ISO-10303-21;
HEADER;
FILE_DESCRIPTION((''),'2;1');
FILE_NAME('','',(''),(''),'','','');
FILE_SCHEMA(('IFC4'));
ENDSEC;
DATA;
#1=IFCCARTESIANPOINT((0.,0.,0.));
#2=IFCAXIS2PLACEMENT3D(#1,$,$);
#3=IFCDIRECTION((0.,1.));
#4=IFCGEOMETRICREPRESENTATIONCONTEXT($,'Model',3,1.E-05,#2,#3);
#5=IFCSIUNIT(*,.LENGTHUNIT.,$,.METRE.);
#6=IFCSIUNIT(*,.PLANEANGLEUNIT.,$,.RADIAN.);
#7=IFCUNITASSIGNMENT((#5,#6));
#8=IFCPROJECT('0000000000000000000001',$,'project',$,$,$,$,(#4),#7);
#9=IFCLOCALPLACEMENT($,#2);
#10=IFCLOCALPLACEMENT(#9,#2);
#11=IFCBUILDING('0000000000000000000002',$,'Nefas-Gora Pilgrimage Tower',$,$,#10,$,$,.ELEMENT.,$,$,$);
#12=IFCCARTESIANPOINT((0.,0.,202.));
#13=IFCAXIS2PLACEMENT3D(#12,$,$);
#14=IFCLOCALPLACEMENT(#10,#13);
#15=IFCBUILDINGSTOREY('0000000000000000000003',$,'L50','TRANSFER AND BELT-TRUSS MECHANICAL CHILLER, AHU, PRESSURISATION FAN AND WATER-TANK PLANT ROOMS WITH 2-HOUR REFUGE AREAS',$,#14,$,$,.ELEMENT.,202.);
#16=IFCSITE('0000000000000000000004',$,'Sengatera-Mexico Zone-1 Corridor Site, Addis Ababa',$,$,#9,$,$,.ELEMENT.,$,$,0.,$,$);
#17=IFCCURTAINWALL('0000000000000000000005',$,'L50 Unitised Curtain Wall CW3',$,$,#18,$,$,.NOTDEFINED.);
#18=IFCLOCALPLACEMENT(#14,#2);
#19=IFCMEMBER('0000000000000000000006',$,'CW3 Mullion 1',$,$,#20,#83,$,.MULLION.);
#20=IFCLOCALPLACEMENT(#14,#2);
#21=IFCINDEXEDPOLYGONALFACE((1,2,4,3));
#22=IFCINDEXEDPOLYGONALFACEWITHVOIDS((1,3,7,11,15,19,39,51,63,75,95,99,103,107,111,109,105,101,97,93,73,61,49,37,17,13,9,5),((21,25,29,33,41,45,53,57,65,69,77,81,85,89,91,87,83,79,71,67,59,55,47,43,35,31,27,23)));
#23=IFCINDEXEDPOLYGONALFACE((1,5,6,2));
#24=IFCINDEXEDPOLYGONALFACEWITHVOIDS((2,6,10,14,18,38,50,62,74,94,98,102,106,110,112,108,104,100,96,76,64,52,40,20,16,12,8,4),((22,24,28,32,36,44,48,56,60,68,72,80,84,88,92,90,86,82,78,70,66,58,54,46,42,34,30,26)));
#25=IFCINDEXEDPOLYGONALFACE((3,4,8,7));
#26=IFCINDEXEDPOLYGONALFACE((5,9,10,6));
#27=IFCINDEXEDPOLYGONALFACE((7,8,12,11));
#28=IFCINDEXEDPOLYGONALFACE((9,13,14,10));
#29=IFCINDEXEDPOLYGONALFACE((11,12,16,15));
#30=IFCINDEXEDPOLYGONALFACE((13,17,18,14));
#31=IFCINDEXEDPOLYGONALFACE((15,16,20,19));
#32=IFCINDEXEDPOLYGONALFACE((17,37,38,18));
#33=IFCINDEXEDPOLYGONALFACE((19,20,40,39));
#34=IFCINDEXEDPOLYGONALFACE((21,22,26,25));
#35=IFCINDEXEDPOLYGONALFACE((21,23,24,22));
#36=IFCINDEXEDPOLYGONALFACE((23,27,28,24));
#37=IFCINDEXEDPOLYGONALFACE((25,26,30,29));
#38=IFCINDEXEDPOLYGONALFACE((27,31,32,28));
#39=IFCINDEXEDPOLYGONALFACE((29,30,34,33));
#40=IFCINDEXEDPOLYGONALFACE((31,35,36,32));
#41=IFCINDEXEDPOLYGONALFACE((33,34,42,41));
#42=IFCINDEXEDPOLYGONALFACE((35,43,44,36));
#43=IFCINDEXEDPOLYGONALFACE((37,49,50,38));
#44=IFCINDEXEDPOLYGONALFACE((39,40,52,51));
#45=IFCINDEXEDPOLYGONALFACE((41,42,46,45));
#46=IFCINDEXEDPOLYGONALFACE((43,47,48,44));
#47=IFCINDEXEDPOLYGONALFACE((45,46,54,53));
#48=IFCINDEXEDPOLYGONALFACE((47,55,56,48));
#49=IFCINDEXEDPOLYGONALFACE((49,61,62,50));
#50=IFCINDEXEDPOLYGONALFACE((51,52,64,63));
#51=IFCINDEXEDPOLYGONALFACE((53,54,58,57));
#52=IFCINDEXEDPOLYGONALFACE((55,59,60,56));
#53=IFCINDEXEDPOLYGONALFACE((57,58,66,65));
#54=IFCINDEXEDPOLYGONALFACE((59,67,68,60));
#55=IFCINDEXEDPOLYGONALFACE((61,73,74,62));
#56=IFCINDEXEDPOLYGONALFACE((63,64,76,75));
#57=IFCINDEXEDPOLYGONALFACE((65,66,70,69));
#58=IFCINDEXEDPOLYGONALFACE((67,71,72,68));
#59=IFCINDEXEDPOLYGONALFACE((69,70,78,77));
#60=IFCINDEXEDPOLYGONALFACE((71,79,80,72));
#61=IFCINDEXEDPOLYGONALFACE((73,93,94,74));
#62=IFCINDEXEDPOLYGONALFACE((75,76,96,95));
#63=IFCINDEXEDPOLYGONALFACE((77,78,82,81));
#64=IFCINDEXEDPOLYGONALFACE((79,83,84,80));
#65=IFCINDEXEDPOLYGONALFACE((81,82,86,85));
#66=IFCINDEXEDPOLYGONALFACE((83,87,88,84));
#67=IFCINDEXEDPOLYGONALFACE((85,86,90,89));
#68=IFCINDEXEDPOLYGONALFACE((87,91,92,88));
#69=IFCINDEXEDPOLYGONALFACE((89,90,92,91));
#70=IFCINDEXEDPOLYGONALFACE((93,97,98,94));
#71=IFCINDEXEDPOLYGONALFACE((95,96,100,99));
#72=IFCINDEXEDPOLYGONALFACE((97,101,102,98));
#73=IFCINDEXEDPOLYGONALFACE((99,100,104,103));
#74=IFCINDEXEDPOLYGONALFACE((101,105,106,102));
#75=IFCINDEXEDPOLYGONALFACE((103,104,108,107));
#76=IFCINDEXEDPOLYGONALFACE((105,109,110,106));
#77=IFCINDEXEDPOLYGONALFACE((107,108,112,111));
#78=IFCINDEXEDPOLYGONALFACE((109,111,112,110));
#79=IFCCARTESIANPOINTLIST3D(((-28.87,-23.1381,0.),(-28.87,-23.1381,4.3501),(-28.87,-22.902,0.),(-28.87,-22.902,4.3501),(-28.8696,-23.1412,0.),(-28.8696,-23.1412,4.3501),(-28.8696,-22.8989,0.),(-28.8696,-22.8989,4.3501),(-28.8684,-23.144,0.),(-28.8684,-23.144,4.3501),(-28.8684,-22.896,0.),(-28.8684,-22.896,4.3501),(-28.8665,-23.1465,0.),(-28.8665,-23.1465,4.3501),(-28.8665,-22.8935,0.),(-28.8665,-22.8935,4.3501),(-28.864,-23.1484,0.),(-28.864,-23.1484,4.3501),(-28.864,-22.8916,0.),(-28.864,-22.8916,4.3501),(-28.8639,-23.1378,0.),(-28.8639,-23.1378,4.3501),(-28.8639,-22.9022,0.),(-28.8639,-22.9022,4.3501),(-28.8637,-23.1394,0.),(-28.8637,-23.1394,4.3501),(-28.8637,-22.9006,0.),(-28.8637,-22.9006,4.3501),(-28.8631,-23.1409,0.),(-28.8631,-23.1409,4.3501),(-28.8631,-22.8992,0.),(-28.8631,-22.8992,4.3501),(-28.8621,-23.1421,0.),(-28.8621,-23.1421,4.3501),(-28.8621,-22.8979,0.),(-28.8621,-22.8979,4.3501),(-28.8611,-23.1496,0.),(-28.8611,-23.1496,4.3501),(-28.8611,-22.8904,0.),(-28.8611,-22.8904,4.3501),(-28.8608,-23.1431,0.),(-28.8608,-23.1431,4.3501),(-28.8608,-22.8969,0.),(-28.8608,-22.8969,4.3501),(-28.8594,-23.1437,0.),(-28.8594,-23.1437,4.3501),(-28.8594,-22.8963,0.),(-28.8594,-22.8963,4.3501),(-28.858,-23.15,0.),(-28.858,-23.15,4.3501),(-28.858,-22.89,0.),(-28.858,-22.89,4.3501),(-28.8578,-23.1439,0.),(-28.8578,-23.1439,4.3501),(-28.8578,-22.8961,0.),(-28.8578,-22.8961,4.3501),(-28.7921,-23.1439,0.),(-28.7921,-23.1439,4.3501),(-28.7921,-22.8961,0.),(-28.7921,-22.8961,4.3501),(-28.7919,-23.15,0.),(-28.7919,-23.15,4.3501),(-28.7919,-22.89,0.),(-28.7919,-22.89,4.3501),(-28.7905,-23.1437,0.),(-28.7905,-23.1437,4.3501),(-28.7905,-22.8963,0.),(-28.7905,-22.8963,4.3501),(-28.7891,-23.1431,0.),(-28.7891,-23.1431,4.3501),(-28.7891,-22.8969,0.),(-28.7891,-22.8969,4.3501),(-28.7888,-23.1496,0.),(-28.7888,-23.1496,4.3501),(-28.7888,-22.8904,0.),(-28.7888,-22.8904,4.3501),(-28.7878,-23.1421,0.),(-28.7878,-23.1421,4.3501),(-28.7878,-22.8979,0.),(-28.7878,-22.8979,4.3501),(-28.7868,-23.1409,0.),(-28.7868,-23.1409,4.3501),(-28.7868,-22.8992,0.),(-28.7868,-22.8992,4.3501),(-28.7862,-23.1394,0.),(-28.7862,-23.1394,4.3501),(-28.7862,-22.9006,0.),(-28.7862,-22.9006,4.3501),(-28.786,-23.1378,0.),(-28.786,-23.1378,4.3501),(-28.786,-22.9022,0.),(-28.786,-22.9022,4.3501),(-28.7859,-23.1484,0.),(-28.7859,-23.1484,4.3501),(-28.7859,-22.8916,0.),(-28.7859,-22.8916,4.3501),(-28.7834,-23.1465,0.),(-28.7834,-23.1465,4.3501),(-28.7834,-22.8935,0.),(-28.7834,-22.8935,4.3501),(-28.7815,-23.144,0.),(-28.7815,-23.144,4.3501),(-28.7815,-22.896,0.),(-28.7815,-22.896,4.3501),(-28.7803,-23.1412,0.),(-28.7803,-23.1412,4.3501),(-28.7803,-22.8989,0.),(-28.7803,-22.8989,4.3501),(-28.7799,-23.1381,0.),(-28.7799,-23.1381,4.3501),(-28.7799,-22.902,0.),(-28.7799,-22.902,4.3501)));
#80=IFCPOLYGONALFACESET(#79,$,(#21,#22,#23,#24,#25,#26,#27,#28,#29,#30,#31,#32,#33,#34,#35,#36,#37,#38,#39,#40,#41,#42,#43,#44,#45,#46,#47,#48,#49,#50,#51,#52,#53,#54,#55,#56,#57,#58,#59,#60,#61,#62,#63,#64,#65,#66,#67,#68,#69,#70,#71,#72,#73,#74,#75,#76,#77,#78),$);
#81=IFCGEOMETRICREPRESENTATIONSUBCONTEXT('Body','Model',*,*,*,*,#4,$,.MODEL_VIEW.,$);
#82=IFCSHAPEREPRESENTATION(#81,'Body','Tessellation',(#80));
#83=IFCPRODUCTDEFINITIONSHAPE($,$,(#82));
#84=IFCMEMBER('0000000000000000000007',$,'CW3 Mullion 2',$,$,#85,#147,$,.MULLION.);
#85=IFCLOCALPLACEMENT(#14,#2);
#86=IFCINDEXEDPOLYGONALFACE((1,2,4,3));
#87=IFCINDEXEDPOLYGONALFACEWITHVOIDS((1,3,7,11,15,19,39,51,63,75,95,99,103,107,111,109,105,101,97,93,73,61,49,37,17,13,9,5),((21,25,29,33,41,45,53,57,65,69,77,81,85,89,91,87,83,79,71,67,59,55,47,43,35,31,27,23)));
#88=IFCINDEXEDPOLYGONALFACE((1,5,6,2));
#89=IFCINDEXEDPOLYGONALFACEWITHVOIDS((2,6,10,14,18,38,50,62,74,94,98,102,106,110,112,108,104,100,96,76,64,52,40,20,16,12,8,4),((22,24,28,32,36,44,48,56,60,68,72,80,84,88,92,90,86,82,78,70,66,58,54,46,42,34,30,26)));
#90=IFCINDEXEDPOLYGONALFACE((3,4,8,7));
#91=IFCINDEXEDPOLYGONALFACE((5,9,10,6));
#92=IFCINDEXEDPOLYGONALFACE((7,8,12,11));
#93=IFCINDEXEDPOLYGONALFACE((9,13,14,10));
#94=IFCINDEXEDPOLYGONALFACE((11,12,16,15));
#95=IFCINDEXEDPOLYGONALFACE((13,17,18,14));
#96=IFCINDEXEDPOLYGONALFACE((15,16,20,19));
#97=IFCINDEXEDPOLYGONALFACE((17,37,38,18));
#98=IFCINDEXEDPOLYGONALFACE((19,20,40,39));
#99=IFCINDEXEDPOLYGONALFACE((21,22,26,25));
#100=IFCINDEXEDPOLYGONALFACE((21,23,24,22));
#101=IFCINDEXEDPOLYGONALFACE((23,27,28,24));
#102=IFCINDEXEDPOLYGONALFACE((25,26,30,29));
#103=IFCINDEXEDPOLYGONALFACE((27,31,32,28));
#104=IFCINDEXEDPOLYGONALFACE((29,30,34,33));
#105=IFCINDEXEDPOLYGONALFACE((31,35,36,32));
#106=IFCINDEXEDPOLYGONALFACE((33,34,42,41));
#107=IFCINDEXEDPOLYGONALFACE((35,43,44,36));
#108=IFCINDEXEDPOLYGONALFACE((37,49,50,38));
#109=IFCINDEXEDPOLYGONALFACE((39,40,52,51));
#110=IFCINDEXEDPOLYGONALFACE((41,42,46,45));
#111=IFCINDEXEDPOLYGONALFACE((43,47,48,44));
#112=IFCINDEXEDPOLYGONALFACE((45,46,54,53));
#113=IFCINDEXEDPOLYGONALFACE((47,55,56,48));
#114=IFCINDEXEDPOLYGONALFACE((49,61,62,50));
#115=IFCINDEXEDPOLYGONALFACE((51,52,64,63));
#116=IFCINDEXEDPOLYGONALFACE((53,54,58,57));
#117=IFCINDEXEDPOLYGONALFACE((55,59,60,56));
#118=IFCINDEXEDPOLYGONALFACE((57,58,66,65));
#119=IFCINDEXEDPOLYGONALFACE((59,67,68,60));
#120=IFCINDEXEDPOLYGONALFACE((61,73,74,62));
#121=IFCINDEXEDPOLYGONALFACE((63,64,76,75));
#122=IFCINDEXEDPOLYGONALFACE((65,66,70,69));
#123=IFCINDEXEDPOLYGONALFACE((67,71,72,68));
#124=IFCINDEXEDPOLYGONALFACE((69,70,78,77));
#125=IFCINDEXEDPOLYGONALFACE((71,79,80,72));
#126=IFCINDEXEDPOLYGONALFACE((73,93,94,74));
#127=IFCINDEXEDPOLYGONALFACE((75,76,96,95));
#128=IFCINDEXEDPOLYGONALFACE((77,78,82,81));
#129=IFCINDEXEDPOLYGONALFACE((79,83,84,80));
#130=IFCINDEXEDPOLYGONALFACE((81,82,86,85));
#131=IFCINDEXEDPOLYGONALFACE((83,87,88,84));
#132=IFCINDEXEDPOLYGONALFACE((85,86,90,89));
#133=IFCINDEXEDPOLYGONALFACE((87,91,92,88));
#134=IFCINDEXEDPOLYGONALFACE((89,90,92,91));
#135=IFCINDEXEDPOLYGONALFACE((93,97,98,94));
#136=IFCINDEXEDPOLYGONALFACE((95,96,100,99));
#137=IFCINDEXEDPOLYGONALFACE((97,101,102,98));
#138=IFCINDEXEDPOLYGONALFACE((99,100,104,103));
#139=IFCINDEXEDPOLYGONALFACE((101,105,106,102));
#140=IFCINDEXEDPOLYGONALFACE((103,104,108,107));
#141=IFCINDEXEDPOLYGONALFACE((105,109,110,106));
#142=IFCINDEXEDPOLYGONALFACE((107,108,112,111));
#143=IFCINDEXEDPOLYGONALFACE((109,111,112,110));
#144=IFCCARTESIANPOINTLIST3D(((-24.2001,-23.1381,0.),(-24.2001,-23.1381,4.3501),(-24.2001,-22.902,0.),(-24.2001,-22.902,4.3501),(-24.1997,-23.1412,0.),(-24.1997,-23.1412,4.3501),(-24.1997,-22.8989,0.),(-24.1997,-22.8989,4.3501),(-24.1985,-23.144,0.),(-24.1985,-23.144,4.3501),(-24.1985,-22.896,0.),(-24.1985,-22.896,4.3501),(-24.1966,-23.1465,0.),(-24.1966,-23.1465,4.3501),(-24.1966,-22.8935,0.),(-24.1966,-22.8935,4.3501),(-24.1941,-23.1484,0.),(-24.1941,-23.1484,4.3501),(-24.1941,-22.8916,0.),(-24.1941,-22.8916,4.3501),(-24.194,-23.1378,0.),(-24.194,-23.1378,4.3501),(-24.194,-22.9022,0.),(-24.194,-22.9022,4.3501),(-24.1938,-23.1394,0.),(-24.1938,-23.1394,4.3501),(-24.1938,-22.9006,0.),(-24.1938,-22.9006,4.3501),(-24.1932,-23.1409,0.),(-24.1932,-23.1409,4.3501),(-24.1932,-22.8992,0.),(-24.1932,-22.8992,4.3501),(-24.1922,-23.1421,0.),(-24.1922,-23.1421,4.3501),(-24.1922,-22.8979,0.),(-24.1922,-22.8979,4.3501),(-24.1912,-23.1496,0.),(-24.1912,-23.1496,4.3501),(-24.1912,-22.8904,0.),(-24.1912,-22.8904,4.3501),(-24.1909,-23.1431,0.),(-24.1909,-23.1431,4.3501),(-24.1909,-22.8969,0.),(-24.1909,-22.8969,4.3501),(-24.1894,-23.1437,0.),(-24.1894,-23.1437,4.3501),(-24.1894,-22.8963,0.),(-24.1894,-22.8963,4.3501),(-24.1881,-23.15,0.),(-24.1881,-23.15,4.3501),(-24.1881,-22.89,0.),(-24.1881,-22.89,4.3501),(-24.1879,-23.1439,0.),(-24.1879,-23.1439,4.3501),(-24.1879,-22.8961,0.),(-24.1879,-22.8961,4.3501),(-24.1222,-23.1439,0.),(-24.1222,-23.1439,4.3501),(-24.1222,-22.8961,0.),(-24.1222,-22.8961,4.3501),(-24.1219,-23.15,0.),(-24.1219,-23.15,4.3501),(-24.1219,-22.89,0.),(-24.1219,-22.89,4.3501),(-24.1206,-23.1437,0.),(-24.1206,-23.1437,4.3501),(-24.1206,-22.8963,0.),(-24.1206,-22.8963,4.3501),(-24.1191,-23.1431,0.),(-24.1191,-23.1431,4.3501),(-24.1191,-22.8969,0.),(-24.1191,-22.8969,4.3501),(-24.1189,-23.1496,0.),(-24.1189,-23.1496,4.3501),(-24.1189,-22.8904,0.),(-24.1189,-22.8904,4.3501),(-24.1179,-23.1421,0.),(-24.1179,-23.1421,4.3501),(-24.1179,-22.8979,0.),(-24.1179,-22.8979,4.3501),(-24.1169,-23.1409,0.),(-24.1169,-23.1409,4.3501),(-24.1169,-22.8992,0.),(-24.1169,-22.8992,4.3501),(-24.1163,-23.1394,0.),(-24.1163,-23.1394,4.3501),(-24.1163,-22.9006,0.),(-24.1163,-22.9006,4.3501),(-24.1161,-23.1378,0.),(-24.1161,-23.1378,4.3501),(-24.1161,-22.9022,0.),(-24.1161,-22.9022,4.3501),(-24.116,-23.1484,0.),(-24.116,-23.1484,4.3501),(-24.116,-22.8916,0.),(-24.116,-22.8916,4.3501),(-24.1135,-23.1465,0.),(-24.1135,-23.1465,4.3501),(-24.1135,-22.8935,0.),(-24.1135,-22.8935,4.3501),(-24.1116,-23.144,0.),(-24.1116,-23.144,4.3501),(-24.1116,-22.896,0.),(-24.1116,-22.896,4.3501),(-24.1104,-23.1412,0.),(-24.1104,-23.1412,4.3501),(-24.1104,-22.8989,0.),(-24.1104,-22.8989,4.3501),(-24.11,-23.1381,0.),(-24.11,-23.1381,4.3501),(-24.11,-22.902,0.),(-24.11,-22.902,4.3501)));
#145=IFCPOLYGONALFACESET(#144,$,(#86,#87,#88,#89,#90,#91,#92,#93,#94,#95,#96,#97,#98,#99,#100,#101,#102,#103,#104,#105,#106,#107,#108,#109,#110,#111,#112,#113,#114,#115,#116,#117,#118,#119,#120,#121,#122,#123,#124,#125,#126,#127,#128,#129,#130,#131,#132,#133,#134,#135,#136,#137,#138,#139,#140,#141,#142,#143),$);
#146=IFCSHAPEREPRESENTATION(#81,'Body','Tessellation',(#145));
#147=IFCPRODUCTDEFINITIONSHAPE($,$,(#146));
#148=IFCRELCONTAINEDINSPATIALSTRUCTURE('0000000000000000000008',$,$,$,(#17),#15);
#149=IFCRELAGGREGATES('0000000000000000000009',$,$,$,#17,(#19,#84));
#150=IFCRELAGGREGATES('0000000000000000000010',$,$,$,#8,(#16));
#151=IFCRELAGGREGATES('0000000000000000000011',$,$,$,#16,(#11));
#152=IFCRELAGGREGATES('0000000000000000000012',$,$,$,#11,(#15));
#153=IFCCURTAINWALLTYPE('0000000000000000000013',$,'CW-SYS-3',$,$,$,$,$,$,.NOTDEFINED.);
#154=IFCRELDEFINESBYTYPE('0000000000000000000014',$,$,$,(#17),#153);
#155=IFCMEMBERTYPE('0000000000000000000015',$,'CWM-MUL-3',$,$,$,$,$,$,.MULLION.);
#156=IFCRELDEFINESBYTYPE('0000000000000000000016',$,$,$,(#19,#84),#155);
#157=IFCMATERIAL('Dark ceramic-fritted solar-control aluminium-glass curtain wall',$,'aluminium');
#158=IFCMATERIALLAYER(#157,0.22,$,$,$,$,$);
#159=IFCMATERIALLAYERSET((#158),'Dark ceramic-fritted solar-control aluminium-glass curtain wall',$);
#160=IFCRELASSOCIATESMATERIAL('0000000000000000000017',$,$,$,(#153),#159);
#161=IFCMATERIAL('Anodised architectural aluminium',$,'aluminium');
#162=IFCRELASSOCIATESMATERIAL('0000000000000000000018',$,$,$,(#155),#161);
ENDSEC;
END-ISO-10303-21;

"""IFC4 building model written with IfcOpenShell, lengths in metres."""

from ifc_helpers import new_model, si_unit, direction, frame, origin, origin_2d, place, context, subcontext, project, spatial, hollow_rectangle, extrude, source, transform, mapped, material, layer, layer_set, material_profile, profile_set, type_object, element, aggregate, save


model = new_model("IFC4")

# Units and contexts
model_context = context("Model", 3, precision=1e-05, world=origin(), true_north=direction((0.0, 1.0)))
body_context = subcontext(model_context, "Body", "Model", "MODEL_VIEW")
ifc_project = project(units=[si_unit("LENGTHUNIT", "METRE"), si_unit("PLANEANGLEUNIT", "RADIAN")], contexts=[model_context])

# Site, building, storey
site_placement = place(None, origin())
site = spatial("IfcSite", under=ifc_project, at=site_placement, Name="Sengatera-Mexico Zone-1 Corridor Site, Addis Ababa", CompositionType="ELEMENT", RefElevation=0.0)
building_placement = place(site_placement, origin())
building = spatial("IfcBuilding", under=site, at=building_placement, Name="Nefas-Gora Pilgrimage Tower", CompositionType="ELEMENT")
storey_placement = place(building_placement, frame((0.0, 0.0, 202.0)))
storey = spatial("IfcBuildingStorey", under=building, at=storey_placement, Name="L50", Description="TRANSFER AND BELT-TRUSS MECHANICAL CHILLER, AHU, PRESSURISATION FAN AND WATER-TANK PLANT ROOMS WITH 2-HOUR REFUGE AREAS", CompositionType="ELEMENT", Elevation=202.0)

# Curtain wall, members
ifc_material_1 = material(Name="Dark ceramic-fritted solar-control aluminium-glass curtain wall", Category="aluminium")
ifc_layer_1 = layer(ifc_material_1, 0.22)
ifc_layer_set_1 = layer_set([ifc_layer_1], Name="Dark ceramic-fritted solar-control aluminium-glass curtain wall")
curtain_wall_type = type_object("IfcCurtainWallType", Name="CW-SYS-3", PredefinedType="NOTDEFINED", material=ifc_layer_set_1)
ifc_material_2 = material(Name="Anodised architectural aluminium", Category="aluminium")
ifc_material_profile_1 = material_profile(ifc_material_2, hollow_rectangle(XDim=0.0901, YDim=0.26, WallThickness=0.0061, InnerFilletRadius=0.0061, OuterFilletRadius=0.012, at=origin_2d()), Name="ALU MULLION 90x260")
ifc_profile_set_1 = profile_set([ifc_material_profile_1], Name="Anodised architectural aluminium")
member_type_1 = type_object("IfcMemberType", Name="CWM-MUL-3", PredefinedType="MULLION", material=ifc_profile_set_1)
shared_shape_1 = source(origin(), body_context, "Body", "SweptSolid", [
    extrude(hollow_rectangle(XDim=0.0901, YDim=0.26, WallThickness=0.0061, InnerFilletRadius=0.0061, OuterFilletRadius=0.012, at=origin_2d()), origin(), (0.0, 0.0, 1.0), 4.3501),
])
curtain_wall_1_placement = place(storey_placement, origin())
curtain_wall_1 = element("IfcCurtainWall", 1, at=curtain_wall_1_placement, inside=storey, type_object=curtain_wall_type, Name="L50 Unitised Curtain Wall CW3", PredefinedType="NOTDEFINED")
member_1_placement = place(storey_placement, frame((-28.825, -23.02, 0.0), z_axis=(0.0, 0.0, 1.0), x_axis=(1.0, 0.0, 0.0)))
member_1 = element("IfcMember", 2, at=member_1_placement, type_object=member_type_1, Name="CW3 Mullion 1", PredefinedType="MULLION", context=body_context, shape_type="MappedRepresentation", body=[
    mapped(shared_shape_1, transform((0.0, 0.0, 0.0), x_axis=(1.0, 0.0, 0.0), y_axis=(0.0, 1.0, 0.0), z_axis=(0.0, 0.0, 1.0), scale=1.0)),
])
member_2_placement = place(storey_placement, frame((-24.155, -23.02, 0.0), z_axis=(0.0, 0.0, 1.0), x_axis=(1.0, 0.0, 0.0)))
member_2 = element("IfcMember", 3, at=member_2_placement, type_object=member_type_1, Name="CW3 Mullion 2", PredefinedType="MULLION", context=body_context, shape_type="MappedRepresentation", body=[
    mapped(shared_shape_1, transform((0.0, 0.0, 0.0), x_axis=(1.0, 0.0, 0.0), y_axis=(0.0, 1.0, 0.0), z_axis=(0.0, 0.0, 1.0), scale=1.0)),
])

aggregate(curtain_wall_1, [member_1, member_2])

save(model, "model.ifc")
